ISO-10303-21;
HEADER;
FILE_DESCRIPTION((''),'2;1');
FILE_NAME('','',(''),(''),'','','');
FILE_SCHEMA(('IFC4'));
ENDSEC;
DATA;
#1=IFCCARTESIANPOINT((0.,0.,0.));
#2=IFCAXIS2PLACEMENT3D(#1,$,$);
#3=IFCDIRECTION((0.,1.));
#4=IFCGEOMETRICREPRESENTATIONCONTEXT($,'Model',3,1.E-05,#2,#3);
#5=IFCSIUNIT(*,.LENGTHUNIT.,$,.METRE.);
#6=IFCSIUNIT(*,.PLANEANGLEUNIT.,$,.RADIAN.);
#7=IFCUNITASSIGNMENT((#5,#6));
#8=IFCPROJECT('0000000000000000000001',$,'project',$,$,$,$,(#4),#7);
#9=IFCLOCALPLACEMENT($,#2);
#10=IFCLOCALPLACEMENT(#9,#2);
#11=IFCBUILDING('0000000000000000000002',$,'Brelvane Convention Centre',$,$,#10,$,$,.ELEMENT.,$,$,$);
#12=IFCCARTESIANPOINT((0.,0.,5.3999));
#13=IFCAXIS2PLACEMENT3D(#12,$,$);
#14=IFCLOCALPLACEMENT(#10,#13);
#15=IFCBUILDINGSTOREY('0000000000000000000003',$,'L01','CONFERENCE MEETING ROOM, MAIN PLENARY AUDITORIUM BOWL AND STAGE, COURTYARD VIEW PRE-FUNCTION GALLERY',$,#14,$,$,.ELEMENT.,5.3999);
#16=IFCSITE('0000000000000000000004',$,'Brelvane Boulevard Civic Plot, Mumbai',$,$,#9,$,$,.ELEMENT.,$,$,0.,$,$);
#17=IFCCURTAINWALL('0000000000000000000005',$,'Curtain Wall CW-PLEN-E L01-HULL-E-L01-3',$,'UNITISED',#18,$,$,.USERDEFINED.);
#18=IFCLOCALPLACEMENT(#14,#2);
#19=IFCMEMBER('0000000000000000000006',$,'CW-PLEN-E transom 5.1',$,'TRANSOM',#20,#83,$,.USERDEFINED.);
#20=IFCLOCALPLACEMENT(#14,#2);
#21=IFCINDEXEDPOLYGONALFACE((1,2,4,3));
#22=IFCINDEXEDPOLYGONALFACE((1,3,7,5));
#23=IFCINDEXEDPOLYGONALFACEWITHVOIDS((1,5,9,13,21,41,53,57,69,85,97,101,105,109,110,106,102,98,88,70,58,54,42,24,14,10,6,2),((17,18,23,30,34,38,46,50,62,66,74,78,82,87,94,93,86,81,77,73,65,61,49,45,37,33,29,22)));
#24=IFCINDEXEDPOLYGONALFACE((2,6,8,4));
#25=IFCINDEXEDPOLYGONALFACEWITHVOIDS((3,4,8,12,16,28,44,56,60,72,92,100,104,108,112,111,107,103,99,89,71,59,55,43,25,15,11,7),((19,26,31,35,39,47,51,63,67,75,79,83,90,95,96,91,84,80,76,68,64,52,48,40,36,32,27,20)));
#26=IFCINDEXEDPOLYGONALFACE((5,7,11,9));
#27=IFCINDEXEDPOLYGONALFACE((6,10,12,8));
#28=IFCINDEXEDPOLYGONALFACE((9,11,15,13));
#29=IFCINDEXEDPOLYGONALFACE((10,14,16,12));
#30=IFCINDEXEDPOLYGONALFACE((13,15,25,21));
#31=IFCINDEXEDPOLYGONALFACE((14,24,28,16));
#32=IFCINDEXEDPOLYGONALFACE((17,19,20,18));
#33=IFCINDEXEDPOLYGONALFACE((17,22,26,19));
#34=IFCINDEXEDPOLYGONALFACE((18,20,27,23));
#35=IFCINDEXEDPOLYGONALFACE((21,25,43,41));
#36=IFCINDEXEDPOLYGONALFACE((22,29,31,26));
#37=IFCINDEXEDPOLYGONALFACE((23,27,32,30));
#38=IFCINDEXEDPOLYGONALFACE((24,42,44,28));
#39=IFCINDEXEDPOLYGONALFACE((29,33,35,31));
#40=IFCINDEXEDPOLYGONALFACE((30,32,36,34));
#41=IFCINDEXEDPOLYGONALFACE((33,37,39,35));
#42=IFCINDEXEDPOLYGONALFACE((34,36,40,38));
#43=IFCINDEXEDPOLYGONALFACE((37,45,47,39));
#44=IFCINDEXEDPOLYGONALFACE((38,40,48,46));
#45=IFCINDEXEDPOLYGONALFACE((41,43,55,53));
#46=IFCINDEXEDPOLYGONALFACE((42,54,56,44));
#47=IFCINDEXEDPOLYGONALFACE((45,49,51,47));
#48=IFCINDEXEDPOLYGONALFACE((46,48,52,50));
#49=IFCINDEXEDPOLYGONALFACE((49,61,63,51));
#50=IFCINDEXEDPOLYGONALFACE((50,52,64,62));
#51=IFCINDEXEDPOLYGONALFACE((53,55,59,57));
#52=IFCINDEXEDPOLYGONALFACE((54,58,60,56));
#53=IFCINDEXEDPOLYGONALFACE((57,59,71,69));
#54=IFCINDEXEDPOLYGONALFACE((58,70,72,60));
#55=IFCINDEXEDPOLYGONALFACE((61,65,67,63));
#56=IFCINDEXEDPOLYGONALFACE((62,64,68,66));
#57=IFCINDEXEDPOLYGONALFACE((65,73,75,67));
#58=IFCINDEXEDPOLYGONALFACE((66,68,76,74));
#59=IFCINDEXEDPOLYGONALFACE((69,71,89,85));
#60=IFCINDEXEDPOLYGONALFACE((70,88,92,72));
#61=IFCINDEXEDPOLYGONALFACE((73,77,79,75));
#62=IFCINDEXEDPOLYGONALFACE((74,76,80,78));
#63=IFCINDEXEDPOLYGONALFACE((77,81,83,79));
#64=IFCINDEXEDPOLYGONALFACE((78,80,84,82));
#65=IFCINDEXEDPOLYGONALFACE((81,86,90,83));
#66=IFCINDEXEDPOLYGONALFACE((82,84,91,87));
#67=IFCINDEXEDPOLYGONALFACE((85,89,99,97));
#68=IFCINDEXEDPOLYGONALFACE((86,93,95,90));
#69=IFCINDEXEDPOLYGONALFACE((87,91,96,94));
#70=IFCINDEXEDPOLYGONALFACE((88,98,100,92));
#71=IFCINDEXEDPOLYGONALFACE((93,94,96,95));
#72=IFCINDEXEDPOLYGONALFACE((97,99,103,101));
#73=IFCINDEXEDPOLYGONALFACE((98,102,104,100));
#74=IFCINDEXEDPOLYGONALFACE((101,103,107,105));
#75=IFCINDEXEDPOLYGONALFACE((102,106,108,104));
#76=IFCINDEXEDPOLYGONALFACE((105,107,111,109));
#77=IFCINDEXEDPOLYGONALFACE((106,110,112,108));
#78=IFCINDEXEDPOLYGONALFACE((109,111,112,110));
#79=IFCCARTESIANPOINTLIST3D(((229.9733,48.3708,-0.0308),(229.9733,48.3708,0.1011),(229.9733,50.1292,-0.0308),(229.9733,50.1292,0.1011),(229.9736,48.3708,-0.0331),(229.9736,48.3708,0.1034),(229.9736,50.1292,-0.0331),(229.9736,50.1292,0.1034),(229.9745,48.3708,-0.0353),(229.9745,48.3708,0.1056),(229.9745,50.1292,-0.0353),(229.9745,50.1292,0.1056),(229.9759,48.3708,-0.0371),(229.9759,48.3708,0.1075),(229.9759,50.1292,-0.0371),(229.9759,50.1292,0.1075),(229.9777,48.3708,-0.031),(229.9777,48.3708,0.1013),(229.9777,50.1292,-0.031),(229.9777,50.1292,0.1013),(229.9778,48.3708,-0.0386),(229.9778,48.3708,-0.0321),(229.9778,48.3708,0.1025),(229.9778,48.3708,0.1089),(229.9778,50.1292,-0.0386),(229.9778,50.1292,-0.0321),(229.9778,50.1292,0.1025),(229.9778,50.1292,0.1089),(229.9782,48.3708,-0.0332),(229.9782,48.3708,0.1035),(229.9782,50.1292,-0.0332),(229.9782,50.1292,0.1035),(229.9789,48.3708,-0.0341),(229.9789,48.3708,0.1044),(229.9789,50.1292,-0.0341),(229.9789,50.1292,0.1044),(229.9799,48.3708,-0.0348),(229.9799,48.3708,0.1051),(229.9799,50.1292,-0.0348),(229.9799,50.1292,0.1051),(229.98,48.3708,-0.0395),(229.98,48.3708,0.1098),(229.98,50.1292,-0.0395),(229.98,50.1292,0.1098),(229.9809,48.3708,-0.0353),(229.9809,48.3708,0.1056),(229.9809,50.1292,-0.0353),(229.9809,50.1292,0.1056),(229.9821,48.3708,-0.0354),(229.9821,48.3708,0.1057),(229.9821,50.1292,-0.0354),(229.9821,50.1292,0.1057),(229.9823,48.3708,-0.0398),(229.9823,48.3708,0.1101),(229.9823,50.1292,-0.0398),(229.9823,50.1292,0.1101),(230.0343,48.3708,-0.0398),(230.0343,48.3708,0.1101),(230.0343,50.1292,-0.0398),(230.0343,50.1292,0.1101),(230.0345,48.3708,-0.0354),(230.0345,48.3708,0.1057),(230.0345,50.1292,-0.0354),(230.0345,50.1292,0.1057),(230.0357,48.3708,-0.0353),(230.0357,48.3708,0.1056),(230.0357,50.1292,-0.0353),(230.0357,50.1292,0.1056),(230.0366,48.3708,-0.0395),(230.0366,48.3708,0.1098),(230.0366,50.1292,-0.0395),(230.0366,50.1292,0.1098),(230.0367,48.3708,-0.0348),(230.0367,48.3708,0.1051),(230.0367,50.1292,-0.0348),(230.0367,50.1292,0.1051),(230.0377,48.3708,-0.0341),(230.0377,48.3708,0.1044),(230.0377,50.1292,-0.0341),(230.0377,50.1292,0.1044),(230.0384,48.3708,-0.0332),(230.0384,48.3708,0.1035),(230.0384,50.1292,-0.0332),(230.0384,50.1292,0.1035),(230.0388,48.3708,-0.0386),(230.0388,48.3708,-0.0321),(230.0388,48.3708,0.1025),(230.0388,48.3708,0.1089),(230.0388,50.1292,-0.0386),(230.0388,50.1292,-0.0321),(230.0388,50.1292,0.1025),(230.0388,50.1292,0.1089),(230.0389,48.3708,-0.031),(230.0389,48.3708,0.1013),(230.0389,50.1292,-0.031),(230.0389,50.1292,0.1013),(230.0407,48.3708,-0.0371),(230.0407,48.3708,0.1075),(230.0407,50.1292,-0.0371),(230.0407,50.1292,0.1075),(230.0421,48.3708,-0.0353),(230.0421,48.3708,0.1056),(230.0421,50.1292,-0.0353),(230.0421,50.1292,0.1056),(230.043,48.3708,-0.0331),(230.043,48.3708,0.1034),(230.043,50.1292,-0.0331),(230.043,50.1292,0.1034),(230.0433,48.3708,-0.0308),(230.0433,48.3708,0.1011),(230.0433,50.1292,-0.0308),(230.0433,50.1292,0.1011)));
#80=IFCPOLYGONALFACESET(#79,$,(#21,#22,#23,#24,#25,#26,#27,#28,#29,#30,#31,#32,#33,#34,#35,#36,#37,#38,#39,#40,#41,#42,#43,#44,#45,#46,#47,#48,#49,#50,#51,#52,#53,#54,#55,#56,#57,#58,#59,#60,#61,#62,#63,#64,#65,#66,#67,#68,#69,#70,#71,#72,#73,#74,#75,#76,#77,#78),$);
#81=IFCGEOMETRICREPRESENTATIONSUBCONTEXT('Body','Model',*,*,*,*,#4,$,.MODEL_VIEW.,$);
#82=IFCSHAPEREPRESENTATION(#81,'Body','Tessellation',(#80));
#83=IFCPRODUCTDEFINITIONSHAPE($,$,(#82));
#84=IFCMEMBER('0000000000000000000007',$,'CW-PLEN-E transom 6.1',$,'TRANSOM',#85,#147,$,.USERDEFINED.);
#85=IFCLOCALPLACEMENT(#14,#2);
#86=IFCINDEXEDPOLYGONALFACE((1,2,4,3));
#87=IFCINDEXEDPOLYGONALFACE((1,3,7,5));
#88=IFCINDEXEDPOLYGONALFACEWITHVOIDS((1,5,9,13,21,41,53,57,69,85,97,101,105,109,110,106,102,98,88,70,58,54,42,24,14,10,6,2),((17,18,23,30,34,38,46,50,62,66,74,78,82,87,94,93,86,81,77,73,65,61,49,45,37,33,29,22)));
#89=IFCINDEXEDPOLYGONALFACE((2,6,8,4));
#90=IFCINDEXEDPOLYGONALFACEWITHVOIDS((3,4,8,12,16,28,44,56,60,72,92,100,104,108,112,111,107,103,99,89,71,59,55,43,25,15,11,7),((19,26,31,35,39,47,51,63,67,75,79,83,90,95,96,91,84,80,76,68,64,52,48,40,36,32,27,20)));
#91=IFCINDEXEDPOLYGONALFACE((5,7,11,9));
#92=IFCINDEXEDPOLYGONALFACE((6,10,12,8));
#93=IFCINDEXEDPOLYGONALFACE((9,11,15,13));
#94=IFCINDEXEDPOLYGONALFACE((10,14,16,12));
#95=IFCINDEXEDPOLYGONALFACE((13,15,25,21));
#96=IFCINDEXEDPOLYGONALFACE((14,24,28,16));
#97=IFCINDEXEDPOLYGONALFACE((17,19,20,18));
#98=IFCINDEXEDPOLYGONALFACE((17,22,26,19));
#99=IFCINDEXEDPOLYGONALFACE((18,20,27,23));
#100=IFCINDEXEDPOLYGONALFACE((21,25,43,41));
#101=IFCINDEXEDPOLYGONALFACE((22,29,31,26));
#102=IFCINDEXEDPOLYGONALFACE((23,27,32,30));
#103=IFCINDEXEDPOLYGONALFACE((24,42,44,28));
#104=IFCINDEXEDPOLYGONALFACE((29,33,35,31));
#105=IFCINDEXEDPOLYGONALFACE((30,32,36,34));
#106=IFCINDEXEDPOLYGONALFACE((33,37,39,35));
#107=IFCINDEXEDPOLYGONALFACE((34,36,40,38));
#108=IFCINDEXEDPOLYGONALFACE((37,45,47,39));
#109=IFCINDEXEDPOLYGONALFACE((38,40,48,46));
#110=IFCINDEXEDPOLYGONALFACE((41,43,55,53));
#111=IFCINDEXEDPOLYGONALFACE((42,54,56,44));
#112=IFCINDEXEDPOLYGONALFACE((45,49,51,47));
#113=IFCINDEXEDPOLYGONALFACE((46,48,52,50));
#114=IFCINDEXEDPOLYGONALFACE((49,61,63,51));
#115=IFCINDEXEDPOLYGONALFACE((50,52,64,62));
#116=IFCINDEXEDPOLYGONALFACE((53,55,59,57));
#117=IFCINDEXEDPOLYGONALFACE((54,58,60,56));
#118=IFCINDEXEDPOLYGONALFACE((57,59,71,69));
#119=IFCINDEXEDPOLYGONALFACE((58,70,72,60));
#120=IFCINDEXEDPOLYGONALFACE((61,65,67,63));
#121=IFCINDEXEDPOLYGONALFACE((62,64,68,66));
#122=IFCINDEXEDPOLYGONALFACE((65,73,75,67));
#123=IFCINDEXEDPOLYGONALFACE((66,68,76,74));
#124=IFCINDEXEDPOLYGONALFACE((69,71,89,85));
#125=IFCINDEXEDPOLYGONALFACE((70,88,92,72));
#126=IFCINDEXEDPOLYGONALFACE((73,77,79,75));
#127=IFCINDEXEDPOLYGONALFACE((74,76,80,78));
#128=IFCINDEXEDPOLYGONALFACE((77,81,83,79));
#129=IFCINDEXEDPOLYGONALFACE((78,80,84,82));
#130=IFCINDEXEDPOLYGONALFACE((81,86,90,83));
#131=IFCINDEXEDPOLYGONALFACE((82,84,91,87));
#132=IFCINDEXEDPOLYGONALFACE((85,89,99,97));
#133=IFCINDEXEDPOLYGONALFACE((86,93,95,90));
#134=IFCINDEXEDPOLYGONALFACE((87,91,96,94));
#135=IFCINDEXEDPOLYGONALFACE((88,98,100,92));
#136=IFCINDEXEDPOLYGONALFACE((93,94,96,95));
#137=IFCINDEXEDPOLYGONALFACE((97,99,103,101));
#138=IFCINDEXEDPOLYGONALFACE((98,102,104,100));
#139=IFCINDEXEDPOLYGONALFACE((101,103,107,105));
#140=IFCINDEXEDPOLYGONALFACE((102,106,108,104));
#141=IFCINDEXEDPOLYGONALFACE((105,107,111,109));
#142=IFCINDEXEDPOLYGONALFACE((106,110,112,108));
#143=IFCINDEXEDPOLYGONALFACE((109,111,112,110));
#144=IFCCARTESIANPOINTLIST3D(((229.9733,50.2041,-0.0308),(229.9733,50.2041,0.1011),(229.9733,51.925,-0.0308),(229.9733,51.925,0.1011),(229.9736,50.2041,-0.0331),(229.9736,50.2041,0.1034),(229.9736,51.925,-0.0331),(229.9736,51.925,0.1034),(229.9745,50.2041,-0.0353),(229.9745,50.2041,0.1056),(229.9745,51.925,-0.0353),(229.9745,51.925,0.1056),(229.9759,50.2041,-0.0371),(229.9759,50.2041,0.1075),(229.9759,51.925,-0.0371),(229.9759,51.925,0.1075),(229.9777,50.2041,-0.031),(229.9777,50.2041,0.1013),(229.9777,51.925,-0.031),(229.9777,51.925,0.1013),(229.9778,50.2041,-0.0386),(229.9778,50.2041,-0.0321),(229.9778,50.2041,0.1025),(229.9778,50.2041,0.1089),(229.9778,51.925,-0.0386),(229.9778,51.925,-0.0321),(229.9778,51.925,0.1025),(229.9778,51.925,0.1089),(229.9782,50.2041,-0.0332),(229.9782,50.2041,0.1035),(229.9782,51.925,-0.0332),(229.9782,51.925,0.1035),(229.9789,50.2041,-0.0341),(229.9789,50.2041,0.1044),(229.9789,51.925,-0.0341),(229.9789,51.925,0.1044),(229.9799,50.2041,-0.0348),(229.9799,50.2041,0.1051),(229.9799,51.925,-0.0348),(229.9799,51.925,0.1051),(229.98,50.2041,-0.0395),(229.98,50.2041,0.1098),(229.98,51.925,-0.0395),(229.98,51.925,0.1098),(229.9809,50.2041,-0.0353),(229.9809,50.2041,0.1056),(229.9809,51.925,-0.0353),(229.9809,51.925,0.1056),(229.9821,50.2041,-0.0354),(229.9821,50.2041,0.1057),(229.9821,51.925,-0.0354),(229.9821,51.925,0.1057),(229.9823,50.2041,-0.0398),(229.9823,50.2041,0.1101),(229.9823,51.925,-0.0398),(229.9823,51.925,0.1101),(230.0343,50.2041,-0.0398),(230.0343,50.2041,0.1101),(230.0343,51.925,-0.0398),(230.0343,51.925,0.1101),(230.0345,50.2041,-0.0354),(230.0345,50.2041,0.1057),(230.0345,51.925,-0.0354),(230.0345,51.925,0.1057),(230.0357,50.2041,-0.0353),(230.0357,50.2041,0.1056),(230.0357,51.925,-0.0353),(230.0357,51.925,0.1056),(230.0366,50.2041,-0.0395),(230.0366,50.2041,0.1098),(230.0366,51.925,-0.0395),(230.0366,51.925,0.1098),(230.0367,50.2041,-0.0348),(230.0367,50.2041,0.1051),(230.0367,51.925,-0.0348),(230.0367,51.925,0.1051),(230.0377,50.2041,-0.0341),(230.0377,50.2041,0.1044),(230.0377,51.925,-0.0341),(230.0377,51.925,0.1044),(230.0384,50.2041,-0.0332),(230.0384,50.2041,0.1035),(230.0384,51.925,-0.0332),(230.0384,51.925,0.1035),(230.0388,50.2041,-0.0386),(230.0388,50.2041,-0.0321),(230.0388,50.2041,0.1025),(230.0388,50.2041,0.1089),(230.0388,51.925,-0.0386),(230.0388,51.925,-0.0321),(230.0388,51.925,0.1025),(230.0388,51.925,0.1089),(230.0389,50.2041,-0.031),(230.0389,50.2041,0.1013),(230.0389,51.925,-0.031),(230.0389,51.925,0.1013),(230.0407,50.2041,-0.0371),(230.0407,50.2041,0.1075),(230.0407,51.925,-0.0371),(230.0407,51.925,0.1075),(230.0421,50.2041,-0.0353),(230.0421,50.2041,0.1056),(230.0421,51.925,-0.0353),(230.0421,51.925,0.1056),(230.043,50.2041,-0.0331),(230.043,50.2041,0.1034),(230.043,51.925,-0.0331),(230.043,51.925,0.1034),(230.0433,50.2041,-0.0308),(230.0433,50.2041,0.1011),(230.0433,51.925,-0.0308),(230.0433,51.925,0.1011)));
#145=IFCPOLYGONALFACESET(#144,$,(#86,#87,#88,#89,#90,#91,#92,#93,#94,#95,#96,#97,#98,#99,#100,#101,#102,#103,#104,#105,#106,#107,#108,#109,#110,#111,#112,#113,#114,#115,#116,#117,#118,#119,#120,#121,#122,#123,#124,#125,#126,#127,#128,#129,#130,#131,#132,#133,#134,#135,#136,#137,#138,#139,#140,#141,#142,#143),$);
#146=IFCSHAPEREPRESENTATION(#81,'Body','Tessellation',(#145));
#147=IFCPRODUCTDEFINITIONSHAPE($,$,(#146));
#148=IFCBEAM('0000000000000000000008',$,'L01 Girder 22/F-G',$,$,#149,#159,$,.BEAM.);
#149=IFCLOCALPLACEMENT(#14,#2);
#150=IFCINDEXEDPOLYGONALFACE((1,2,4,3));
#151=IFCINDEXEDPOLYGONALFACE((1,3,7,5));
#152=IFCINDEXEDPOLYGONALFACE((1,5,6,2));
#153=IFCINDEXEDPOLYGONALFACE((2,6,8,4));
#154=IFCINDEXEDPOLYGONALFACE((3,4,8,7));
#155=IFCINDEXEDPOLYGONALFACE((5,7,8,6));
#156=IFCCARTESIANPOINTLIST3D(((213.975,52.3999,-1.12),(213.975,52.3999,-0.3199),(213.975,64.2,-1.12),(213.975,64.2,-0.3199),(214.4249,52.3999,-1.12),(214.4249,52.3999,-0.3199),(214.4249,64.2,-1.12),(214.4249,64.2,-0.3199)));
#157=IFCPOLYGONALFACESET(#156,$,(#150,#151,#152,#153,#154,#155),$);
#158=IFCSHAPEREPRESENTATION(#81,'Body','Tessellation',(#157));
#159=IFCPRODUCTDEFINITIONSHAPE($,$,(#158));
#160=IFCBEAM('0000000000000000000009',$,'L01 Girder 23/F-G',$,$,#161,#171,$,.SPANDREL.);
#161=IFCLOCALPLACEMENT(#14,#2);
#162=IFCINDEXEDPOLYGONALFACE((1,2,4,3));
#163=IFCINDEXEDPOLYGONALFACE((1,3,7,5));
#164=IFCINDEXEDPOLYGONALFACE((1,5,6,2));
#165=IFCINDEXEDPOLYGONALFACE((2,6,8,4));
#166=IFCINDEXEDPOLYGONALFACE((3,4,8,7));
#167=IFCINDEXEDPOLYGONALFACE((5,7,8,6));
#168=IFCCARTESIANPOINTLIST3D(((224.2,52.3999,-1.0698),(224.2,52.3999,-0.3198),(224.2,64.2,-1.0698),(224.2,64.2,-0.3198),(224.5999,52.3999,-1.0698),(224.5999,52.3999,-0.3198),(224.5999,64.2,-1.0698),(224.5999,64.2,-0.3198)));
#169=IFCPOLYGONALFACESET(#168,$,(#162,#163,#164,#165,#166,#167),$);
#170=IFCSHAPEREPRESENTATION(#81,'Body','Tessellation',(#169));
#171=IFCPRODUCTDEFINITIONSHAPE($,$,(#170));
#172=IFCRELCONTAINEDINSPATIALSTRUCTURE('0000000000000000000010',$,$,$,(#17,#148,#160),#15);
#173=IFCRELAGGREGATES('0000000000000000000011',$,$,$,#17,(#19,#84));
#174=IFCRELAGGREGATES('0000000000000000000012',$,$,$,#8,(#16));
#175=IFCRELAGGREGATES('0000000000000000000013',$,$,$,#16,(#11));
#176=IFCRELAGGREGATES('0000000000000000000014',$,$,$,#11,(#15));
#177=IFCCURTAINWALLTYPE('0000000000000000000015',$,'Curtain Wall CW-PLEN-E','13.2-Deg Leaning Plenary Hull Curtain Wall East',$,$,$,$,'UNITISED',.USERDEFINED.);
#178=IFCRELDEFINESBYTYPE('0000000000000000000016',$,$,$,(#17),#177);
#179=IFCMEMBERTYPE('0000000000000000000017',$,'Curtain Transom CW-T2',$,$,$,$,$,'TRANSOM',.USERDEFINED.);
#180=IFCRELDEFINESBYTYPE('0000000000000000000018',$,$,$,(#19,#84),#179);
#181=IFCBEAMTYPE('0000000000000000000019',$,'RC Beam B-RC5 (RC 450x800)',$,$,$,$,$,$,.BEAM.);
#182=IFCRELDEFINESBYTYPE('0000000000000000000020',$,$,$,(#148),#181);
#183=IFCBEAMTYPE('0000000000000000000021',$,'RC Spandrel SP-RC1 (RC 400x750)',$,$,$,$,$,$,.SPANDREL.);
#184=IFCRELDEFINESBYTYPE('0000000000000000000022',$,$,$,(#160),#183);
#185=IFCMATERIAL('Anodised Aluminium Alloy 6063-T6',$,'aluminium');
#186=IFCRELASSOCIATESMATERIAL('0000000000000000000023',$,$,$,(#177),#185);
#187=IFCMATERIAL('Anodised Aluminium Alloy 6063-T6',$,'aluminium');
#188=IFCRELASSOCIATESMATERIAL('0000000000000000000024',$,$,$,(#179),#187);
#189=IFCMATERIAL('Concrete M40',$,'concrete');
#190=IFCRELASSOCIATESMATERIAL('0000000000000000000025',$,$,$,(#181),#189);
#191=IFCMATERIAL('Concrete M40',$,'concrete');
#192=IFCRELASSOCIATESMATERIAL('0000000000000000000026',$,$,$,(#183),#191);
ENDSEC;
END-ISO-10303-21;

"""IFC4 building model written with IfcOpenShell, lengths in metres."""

from ifc_helpers import new_model, si_unit, direction, frame, origin, origin_2d, place, context, subcontext, project, spatial, rectangle, hollow_rectangle, extrude, material, material_profile, profile_set, type_object, element, aggregate, save


model = new_model("IFC4")

# Units and contexts
model_context = context("Model", 3, precision=1e-05, world=origin(), true_north=direction((0.0, 1.0)))
body_context = subcontext(model_context, "Body", "Model", "MODEL_VIEW")
ifc_project = project(units=[si_unit("LENGTHUNIT", "METRE"), si_unit("PLANEANGLEUNIT", "RADIAN")], contexts=[model_context])

# Site, building, storey
site_placement = place(None, origin())
site = spatial("IfcSite", under=ifc_project, at=site_placement, Name="Brelvane Boulevard Civic Plot, Mumbai", CompositionType="ELEMENT", RefElevation=0.0)
building_placement = place(site_placement, origin())
building = spatial("IfcBuilding", under=site, at=building_placement, Name="Brelvane Convention Centre", CompositionType="ELEMENT")
storey_placement = place(building_placement, frame((0.0, 0.0, 5.3999)))
storey = spatial("IfcBuildingStorey", under=building, at=storey_placement, Name="L01", Description="CONFERENCE MEETING ROOM, MAIN PLENARY AUDITORIUM BOWL AND STAGE, COURTYARD VIEW PRE-FUNCTION GALLERY", CompositionType="ELEMENT", Elevation=5.3999)

# Curtain wall, members
ifc_material_1 = material(Name="Anodised Aluminium Alloy 6063-T6", Category="aluminium")
curtain_wall_type = type_object("IfcCurtainWallType", Name="Curtain Wall CW-PLEN-E", Description="13.2-Deg Leaning Plenary Hull Curtain Wall East", ElementType="UNITISED", PredefinedType="USERDEFINED", material=ifc_material_1)
curtain_wall_placement = place(storey_placement, origin())
curtain_wall = element("IfcCurtainWall", 1, at=curtain_wall_placement, inside=storey, type_object=curtain_wall_type, Name="Curtain Wall CW-PLEN-E L01-HULL-E-L01-3", ObjectType="UNITISED", PredefinedType="USERDEFINED")
ifc_material_2 = material(Name="Anodised Aluminium Alloy 6063-T6", Category="aluminium")
ifc_material_profile_1 = material_profile(ifc_material_2, hollow_rectangle(XDim=0.0701, YDim=0.1499, WallThickness=0.0044, InnerFilletRadius=0.0044, OuterFilletRadius=0.009, at=origin_2d()), Name="ALU-T 150x70x4.5")
ifc_profile_set_1 = profile_set([ifc_material_profile_1], Name="Anodised Aluminium Alloy 6063-T6")
member_type_1 = type_object("IfcMemberType", Name="Curtain Transom CW-T2", ElementType="TRANSOM", PredefinedType="USERDEFINED", material=ifc_profile_set_1)
member_1_placement = place(storey_placement, frame((230.0083, 48.3708, 0.0352), z_axis=(0.0, 1.0, 0.0), x_axis=(-1.0, 0.0, 0.0)))
member_1 = element("IfcMember", 2, at=member_1_placement, type_object=member_type_1, Name="CW-PLEN-E transom 5.1", ObjectType="TRANSOM", PredefinedType="USERDEFINED", context=body_context, shape_type="SweptSolid", body=[
    extrude(hollow_rectangle(XDim=0.0701, YDim=0.1499, WallThickness=0.0044, InnerFilletRadius=0.0044, OuterFilletRadius=0.009, at=origin_2d()), origin(), (0.0, 0.0, 1.0), 1.7583),
])
member_2_placement = place(storey_placement, frame((230.0083, 50.2041, 0.0352), z_axis=(0.0, 1.0, 0.0), x_axis=(-1.0, 0.0, 0.0)))
member_2 = element("IfcMember", 3, at=member_2_placement, type_object=member_type_1, Name="CW-PLEN-E transom 6.1", ObjectType="TRANSOM", PredefinedType="USERDEFINED", context=body_context, shape_type="SweptSolid", body=[
    extrude(hollow_rectangle(XDim=0.0701, YDim=0.1499, WallThickness=0.0044, InnerFilletRadius=0.0044, OuterFilletRadius=0.009, at=origin_2d()), origin(), (0.0, 0.0, 1.0), 1.7209),
])

# Beams
ifc_material_3 = material(Name="Concrete M40", Category="concrete")
ifc_material_profile_2 = material_profile(ifc_material_3, rectangle(XDim=0.45, YDim=0.8, at=origin_2d()), Name="RC 450x800")
ifc_profile_set_2 = profile_set([ifc_material_profile_2], Name="Concrete M40")
beam_type_1 = type_object("IfcBeamType", Name="RC Beam B-RC5 (RC 450x800)", PredefinedType="BEAM", material=ifc_profile_set_2)
beam_1_placement = place(storey_placement, frame((214.2, 52.3999, -0.72), z_axis=(0.0, 1.0, 0.0), x_axis=(-1.0, 0.0, 0.0)))
element("IfcBeam", 4, at=beam_1_placement, inside=storey, type_object=beam_type_1, Name="L01 Girder 22/F-G", PredefinedType="BEAM", context=body_context, shape_type="SweptSolid", body=[
    extrude(rectangle(XDim=0.45, YDim=0.8, at=origin_2d()), origin(), (0.0, 0.0, 1.0), 11.8),
])
ifc_material_4 = material(Name="Concrete M40", Category="concrete")
ifc_material_profile_3 = material_profile(ifc_material_4, rectangle(XDim=0.3999, YDim=0.75, at=origin_2d()), Name="RC 400x750")
ifc_profile_set_3 = profile_set([ifc_material_profile_3], Name="Concrete M40")
beam_type_2 = type_object("IfcBeamType", Name="RC Spandrel SP-RC1 (RC 400x750)", PredefinedType="SPANDREL", material=ifc_profile_set_3)
beam_2_placement = place(storey_placement, frame((224.3999, 52.3999, -0.6948), z_axis=(0.0, 1.0, 0.0), x_axis=(-1.0, 0.0, 0.0)))
element("IfcBeam", 5, at=beam_2_placement, inside=storey, type_object=beam_type_2, Name="L01 Girder 23/F-G", PredefinedType="SPANDREL", context=body_context, shape_type="SweptSolid", body=[
    extrude(rectangle(XDim=0.3999, YDim=0.75, at=origin_2d()), origin(), (0.0, 0.0, 1.0), 11.8),
])

aggregate(curtain_wall, [member_1, member_2])

save(model, "model.ifc")
